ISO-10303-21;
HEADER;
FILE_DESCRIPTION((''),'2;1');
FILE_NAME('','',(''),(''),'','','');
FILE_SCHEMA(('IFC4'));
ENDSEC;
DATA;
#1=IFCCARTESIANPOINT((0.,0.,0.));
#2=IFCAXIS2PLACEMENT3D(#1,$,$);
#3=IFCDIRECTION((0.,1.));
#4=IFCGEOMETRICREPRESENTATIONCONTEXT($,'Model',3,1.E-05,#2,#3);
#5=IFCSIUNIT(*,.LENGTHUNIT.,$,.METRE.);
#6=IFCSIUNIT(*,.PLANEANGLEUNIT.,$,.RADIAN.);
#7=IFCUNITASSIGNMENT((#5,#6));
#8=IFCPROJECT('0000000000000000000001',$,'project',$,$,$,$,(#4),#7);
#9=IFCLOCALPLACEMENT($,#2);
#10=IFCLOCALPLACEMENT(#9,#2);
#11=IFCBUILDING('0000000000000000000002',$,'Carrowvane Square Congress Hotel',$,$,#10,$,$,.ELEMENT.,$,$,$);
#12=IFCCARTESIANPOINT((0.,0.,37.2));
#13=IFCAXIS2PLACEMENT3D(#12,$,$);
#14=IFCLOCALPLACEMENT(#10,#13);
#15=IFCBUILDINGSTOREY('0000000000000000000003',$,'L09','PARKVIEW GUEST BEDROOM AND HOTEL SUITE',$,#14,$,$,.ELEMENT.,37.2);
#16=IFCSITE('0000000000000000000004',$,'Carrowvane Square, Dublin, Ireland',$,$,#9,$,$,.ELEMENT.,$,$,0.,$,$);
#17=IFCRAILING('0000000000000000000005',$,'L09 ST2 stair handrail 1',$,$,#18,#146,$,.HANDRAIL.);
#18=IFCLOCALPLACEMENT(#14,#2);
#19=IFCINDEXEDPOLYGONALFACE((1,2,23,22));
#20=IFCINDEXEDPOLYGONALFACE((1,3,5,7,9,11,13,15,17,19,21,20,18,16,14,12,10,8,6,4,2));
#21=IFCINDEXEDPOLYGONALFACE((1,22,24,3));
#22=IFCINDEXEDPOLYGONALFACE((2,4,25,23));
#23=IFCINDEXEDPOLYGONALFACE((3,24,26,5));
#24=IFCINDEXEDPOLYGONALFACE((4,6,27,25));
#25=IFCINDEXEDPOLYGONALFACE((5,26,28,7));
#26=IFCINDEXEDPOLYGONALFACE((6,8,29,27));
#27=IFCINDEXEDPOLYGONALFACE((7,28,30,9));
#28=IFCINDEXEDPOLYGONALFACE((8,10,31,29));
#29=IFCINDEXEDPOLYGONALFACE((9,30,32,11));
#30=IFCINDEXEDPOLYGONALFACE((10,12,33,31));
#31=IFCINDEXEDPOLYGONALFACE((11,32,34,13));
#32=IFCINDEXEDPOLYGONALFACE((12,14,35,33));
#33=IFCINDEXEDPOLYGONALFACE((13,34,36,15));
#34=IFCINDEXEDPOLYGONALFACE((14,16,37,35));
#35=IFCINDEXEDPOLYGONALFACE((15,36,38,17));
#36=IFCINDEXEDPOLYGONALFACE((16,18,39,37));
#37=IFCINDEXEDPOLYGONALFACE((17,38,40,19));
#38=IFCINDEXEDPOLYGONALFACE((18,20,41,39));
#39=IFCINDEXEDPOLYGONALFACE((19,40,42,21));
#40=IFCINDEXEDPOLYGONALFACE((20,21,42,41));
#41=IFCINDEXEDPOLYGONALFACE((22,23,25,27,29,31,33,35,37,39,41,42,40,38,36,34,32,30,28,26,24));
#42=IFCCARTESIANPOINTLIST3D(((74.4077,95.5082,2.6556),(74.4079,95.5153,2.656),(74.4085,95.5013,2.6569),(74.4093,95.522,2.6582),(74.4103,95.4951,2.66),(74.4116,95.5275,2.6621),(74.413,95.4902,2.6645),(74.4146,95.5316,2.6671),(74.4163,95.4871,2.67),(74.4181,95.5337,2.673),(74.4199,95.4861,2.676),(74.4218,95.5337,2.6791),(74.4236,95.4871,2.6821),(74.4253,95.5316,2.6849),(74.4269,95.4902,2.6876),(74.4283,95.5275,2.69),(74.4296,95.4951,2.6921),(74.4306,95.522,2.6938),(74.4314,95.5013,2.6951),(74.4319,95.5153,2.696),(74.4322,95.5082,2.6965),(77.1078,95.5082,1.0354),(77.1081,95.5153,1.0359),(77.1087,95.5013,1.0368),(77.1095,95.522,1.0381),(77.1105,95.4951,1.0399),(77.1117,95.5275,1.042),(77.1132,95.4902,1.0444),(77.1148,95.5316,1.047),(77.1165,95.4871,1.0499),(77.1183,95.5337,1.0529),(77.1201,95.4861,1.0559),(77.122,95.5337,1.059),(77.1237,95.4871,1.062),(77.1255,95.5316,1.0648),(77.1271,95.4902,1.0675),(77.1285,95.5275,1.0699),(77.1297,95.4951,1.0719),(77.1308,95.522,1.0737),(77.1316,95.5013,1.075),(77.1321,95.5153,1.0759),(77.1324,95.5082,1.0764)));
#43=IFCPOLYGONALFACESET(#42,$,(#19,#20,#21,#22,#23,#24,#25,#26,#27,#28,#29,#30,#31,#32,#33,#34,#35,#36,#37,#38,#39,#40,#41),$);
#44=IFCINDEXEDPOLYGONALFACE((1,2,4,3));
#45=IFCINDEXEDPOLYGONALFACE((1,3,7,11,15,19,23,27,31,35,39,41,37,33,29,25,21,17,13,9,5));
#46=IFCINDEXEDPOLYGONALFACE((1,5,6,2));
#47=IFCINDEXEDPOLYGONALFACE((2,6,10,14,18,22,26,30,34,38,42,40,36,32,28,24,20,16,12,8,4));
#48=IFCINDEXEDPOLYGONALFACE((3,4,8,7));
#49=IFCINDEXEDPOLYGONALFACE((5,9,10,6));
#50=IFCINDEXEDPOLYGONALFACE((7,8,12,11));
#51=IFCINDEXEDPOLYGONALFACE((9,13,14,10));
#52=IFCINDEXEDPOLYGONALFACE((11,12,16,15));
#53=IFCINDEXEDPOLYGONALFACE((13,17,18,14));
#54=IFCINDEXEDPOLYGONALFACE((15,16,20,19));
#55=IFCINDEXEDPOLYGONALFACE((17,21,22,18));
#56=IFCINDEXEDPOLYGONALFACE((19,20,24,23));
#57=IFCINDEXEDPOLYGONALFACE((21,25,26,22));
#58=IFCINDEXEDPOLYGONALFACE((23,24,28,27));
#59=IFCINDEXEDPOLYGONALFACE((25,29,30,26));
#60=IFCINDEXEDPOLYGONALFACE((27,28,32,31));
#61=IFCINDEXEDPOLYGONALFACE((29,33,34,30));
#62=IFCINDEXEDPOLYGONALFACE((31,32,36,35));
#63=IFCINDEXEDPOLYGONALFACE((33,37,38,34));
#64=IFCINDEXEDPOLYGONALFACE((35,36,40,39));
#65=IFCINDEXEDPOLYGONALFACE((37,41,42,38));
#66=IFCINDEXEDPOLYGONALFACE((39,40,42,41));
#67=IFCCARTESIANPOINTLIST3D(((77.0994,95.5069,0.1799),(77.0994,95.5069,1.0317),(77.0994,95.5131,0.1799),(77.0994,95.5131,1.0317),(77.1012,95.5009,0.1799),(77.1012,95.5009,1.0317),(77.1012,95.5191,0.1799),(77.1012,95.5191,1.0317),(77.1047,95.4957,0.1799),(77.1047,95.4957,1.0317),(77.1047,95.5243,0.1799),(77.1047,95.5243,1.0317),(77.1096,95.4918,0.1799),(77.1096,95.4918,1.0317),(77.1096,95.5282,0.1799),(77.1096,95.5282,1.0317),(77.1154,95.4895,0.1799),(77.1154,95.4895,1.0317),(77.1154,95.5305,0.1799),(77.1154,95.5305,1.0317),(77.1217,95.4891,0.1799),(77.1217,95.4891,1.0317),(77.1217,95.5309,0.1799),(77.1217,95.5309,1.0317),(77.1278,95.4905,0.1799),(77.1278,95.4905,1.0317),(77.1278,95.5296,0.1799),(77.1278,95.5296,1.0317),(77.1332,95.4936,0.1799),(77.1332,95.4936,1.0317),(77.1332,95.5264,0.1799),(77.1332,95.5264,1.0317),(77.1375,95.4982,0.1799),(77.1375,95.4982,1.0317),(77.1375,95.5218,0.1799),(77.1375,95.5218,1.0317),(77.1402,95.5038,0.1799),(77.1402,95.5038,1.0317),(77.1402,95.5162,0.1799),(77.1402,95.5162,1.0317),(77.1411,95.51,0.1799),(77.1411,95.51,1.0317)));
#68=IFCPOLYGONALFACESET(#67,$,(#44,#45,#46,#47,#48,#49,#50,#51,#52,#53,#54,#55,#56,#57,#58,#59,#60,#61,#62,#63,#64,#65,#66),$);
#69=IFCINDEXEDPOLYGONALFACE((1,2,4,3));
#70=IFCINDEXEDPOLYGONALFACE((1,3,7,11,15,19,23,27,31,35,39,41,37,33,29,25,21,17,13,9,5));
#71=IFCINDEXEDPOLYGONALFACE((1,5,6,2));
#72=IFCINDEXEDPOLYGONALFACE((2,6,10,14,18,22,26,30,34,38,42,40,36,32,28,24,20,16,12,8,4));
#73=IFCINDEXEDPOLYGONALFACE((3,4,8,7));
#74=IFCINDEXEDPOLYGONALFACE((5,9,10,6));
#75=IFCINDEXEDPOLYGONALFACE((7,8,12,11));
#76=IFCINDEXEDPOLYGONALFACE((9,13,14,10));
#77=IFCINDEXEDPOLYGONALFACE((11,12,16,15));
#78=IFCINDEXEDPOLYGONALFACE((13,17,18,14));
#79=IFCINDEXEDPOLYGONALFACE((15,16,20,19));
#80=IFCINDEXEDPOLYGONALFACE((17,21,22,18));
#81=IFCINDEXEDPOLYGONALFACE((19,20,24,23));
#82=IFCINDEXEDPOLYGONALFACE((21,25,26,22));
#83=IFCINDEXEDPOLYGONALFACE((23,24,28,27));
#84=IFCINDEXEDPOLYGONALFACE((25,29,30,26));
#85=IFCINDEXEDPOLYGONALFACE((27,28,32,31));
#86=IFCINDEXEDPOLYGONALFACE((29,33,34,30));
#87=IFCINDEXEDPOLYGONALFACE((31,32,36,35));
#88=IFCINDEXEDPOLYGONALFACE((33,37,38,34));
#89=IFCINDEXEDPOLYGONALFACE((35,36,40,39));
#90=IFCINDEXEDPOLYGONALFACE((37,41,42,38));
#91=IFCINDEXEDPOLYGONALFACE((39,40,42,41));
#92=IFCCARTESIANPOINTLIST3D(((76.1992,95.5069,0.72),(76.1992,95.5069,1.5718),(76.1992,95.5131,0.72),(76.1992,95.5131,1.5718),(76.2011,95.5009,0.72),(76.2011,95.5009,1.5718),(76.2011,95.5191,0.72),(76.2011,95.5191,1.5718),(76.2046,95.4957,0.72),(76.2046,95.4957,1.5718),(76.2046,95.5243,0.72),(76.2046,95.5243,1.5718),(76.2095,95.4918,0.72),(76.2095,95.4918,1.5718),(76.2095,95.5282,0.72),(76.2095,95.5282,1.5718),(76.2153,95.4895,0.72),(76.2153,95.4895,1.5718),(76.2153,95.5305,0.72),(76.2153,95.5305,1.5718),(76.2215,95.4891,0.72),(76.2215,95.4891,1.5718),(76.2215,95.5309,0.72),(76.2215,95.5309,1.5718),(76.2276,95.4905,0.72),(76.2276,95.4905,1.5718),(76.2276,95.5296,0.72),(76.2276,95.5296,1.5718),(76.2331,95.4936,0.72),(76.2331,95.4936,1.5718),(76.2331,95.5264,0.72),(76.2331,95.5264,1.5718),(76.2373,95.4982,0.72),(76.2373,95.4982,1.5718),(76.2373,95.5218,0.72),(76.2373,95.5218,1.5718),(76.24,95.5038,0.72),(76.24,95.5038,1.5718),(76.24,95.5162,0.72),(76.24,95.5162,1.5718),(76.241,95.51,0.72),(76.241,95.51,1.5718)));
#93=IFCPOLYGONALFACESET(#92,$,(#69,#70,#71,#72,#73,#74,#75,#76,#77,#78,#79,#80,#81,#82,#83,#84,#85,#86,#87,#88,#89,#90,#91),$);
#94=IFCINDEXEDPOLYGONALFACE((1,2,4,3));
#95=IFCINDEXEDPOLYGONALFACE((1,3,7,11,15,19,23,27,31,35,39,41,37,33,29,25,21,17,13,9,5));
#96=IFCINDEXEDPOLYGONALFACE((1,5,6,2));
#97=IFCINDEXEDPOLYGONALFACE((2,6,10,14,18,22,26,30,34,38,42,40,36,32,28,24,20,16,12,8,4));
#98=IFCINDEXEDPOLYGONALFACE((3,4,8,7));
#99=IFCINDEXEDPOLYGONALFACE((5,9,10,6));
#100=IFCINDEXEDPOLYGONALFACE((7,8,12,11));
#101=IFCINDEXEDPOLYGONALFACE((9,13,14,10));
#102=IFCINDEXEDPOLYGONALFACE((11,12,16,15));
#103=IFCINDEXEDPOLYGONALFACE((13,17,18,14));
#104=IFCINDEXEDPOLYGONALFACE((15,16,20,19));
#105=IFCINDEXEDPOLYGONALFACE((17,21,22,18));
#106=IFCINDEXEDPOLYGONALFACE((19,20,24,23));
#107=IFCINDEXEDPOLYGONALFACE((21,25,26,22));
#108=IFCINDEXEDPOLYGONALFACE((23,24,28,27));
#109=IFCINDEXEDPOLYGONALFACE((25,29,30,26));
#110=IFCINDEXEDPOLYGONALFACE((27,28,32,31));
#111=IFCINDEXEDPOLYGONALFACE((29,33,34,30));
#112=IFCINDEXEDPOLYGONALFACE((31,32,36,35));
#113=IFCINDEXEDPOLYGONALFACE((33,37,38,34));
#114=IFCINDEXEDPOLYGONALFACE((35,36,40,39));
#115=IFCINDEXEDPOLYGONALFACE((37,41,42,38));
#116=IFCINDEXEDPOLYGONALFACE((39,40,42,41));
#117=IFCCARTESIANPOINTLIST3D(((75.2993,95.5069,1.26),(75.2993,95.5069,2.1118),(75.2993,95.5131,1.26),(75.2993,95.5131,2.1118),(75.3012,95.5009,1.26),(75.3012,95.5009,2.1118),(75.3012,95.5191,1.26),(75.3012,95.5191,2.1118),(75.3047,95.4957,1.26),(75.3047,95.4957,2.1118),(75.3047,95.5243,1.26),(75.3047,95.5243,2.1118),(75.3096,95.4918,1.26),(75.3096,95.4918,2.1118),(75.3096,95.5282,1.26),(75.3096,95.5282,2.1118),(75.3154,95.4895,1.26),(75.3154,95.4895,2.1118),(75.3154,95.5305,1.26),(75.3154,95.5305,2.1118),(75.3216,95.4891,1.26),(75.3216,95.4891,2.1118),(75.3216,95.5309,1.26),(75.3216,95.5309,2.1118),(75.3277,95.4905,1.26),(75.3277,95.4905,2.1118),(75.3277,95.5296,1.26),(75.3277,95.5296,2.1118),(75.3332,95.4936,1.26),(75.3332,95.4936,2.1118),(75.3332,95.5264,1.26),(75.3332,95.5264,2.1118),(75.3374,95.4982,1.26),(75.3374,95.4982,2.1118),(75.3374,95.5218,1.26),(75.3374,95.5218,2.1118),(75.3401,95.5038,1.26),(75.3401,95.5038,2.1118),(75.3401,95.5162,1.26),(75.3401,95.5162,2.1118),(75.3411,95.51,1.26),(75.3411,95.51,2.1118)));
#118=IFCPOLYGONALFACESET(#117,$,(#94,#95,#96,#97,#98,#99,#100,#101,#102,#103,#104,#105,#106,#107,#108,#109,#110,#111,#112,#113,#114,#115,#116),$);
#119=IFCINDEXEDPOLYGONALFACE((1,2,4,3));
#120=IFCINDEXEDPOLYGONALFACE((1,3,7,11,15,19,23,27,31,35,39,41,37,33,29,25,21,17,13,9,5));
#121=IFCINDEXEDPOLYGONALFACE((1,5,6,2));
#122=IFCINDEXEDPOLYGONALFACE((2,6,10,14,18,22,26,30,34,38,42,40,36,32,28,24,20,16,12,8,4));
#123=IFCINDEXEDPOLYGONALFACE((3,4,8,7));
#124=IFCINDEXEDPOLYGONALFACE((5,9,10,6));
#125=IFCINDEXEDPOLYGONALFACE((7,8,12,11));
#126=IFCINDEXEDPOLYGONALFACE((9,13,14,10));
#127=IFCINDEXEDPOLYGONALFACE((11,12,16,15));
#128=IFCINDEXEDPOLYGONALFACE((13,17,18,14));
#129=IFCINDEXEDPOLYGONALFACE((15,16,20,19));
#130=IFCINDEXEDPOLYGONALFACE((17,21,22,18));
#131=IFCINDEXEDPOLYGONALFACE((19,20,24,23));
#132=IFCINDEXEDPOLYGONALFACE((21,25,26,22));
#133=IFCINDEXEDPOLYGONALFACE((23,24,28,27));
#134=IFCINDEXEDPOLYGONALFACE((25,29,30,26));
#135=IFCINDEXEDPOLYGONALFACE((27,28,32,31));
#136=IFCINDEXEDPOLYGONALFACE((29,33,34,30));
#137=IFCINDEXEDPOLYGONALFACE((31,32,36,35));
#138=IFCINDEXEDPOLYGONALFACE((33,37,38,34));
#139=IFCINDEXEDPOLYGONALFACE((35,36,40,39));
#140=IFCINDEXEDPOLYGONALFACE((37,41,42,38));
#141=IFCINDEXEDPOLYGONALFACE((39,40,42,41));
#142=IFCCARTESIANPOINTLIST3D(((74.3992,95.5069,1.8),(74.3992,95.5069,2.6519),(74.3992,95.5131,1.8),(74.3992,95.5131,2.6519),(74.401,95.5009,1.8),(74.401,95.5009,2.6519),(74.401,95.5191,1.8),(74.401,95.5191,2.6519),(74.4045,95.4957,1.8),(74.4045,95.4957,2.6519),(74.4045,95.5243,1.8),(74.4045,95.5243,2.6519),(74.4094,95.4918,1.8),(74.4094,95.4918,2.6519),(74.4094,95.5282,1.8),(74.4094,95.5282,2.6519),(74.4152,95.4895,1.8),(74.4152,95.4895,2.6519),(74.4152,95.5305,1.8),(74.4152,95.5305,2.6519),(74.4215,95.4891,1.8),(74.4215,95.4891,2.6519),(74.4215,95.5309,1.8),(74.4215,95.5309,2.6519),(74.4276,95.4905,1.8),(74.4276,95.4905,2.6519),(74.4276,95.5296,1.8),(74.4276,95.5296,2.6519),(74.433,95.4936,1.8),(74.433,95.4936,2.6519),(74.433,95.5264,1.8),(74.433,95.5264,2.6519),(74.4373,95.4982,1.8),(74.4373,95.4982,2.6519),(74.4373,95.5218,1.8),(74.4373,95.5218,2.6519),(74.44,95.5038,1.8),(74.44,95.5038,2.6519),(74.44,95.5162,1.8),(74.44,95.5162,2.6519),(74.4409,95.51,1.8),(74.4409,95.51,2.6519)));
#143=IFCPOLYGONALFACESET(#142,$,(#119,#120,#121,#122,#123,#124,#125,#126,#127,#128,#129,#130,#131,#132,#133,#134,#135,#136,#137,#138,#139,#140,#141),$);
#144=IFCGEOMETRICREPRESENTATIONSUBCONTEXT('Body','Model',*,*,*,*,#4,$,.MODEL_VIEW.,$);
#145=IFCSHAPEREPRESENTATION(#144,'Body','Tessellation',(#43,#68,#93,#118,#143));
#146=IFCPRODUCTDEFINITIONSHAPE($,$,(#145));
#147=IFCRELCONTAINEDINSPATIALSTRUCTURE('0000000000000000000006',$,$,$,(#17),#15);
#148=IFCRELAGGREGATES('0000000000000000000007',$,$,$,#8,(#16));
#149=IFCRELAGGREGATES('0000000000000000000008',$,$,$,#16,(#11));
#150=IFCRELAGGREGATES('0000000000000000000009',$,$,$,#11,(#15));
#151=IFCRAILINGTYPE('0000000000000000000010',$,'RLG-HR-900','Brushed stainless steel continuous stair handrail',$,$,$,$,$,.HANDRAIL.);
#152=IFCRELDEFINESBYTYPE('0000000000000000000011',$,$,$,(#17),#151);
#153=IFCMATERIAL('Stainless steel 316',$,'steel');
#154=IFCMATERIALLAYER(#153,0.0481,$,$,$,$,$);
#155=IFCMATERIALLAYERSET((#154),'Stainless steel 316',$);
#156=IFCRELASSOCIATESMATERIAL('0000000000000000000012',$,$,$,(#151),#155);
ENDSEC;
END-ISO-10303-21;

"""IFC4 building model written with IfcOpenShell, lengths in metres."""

from ifc_helpers import new_model, si_unit, direction, frame, origin, origin_2d, place, context, subcontext, project, spatial, circle, extrude, material, layer, layer_set, type_object, element, save


model = new_model("IFC4")

# Units and contexts
model_context = context("Model", 3, precision=1e-05, world=origin(), true_north=direction((0.0, 1.0)))
body_context = subcontext(model_context, "Body", "Model", "MODEL_VIEW")
ifc_project = project(units=[si_unit("LENGTHUNIT", "METRE"), si_unit("PLANEANGLEUNIT", "RADIAN")], contexts=[model_context])

# Site, building, storey
site_placement = place(None, origin())
site = spatial("IfcSite", under=ifc_project, at=site_placement, Name="Carrowvane Square, Dublin, Ireland", CompositionType="ELEMENT", RefElevation=0.0)
building_placement = place(site_placement, origin())
building = spatial("IfcBuilding", under=site, at=building_placement, Name="Carrowvane Square Congress Hotel", CompositionType="ELEMENT")
storey_placement = place(building_placement, frame((0.0, 0.0, 37.2)))
storey = spatial("IfcBuildingStorey", under=building, at=storey_placement, Name="L09", Description="PARKVIEW GUEST BEDROOM AND HOTEL SUITE", CompositionType="ELEMENT", Elevation=37.2)

# Railing
ifc_material_1 = material(Name="Stainless steel 316", Category="steel")
ifc_layer_1 = layer(ifc_material_1, 0.0481)
ifc_layer_set_1 = layer_set([ifc_layer_1], Name="Stainless steel 316")
railing_type_1 = type_object("IfcRailingType", Name="RLG-HR-900", Description="Brushed stainless steel continuous stair handrail", PredefinedType="HANDRAIL", material=ifc_layer_set_1)
railing_1_placement = place(storey_placement, frame((77.1201, 95.51, 0.1799)))
element("IfcRailing", 1, at=railing_1_placement, inside=storey, type_object=railing_type_1, Name="L09 ST2 stair handrail 1", PredefinedType="HANDRAIL", context=body_context, shape_type="SweptSolid", body=[
    extrude(circle(Radius=0.0239, at=origin_2d()), frame((0.0, 0.0, 0.876), z_axis=(-0.857493, 0.0, 0.514496), x_axis=(0.0, -1.0, 0.0)), (0.0, 0.0, 1.0), 3.1489),
    extrude(circle(Radius=0.021, at=origin_2d()), origin(), (0.0, 0.0, 1.0), 0.8518),
    extrude(circle(Radius=0.021, at=origin_2d()), frame((-0.9001, 0.0, 0.54)), (0.0, 0.0, 1.0), 0.8518),
    extrude(circle(Radius=0.021, at=origin_2d()), frame((-1.8, 0.0, 1.0801)), (0.0, 0.0, 1.0), 0.8518),
    extrude(circle(Radius=0.021, at=origin_2d()), frame((-2.7002, 0.0, 1.6201)), (0.0, 0.0, 1.0), 0.8518),
])

save(model, "model.ifc")
